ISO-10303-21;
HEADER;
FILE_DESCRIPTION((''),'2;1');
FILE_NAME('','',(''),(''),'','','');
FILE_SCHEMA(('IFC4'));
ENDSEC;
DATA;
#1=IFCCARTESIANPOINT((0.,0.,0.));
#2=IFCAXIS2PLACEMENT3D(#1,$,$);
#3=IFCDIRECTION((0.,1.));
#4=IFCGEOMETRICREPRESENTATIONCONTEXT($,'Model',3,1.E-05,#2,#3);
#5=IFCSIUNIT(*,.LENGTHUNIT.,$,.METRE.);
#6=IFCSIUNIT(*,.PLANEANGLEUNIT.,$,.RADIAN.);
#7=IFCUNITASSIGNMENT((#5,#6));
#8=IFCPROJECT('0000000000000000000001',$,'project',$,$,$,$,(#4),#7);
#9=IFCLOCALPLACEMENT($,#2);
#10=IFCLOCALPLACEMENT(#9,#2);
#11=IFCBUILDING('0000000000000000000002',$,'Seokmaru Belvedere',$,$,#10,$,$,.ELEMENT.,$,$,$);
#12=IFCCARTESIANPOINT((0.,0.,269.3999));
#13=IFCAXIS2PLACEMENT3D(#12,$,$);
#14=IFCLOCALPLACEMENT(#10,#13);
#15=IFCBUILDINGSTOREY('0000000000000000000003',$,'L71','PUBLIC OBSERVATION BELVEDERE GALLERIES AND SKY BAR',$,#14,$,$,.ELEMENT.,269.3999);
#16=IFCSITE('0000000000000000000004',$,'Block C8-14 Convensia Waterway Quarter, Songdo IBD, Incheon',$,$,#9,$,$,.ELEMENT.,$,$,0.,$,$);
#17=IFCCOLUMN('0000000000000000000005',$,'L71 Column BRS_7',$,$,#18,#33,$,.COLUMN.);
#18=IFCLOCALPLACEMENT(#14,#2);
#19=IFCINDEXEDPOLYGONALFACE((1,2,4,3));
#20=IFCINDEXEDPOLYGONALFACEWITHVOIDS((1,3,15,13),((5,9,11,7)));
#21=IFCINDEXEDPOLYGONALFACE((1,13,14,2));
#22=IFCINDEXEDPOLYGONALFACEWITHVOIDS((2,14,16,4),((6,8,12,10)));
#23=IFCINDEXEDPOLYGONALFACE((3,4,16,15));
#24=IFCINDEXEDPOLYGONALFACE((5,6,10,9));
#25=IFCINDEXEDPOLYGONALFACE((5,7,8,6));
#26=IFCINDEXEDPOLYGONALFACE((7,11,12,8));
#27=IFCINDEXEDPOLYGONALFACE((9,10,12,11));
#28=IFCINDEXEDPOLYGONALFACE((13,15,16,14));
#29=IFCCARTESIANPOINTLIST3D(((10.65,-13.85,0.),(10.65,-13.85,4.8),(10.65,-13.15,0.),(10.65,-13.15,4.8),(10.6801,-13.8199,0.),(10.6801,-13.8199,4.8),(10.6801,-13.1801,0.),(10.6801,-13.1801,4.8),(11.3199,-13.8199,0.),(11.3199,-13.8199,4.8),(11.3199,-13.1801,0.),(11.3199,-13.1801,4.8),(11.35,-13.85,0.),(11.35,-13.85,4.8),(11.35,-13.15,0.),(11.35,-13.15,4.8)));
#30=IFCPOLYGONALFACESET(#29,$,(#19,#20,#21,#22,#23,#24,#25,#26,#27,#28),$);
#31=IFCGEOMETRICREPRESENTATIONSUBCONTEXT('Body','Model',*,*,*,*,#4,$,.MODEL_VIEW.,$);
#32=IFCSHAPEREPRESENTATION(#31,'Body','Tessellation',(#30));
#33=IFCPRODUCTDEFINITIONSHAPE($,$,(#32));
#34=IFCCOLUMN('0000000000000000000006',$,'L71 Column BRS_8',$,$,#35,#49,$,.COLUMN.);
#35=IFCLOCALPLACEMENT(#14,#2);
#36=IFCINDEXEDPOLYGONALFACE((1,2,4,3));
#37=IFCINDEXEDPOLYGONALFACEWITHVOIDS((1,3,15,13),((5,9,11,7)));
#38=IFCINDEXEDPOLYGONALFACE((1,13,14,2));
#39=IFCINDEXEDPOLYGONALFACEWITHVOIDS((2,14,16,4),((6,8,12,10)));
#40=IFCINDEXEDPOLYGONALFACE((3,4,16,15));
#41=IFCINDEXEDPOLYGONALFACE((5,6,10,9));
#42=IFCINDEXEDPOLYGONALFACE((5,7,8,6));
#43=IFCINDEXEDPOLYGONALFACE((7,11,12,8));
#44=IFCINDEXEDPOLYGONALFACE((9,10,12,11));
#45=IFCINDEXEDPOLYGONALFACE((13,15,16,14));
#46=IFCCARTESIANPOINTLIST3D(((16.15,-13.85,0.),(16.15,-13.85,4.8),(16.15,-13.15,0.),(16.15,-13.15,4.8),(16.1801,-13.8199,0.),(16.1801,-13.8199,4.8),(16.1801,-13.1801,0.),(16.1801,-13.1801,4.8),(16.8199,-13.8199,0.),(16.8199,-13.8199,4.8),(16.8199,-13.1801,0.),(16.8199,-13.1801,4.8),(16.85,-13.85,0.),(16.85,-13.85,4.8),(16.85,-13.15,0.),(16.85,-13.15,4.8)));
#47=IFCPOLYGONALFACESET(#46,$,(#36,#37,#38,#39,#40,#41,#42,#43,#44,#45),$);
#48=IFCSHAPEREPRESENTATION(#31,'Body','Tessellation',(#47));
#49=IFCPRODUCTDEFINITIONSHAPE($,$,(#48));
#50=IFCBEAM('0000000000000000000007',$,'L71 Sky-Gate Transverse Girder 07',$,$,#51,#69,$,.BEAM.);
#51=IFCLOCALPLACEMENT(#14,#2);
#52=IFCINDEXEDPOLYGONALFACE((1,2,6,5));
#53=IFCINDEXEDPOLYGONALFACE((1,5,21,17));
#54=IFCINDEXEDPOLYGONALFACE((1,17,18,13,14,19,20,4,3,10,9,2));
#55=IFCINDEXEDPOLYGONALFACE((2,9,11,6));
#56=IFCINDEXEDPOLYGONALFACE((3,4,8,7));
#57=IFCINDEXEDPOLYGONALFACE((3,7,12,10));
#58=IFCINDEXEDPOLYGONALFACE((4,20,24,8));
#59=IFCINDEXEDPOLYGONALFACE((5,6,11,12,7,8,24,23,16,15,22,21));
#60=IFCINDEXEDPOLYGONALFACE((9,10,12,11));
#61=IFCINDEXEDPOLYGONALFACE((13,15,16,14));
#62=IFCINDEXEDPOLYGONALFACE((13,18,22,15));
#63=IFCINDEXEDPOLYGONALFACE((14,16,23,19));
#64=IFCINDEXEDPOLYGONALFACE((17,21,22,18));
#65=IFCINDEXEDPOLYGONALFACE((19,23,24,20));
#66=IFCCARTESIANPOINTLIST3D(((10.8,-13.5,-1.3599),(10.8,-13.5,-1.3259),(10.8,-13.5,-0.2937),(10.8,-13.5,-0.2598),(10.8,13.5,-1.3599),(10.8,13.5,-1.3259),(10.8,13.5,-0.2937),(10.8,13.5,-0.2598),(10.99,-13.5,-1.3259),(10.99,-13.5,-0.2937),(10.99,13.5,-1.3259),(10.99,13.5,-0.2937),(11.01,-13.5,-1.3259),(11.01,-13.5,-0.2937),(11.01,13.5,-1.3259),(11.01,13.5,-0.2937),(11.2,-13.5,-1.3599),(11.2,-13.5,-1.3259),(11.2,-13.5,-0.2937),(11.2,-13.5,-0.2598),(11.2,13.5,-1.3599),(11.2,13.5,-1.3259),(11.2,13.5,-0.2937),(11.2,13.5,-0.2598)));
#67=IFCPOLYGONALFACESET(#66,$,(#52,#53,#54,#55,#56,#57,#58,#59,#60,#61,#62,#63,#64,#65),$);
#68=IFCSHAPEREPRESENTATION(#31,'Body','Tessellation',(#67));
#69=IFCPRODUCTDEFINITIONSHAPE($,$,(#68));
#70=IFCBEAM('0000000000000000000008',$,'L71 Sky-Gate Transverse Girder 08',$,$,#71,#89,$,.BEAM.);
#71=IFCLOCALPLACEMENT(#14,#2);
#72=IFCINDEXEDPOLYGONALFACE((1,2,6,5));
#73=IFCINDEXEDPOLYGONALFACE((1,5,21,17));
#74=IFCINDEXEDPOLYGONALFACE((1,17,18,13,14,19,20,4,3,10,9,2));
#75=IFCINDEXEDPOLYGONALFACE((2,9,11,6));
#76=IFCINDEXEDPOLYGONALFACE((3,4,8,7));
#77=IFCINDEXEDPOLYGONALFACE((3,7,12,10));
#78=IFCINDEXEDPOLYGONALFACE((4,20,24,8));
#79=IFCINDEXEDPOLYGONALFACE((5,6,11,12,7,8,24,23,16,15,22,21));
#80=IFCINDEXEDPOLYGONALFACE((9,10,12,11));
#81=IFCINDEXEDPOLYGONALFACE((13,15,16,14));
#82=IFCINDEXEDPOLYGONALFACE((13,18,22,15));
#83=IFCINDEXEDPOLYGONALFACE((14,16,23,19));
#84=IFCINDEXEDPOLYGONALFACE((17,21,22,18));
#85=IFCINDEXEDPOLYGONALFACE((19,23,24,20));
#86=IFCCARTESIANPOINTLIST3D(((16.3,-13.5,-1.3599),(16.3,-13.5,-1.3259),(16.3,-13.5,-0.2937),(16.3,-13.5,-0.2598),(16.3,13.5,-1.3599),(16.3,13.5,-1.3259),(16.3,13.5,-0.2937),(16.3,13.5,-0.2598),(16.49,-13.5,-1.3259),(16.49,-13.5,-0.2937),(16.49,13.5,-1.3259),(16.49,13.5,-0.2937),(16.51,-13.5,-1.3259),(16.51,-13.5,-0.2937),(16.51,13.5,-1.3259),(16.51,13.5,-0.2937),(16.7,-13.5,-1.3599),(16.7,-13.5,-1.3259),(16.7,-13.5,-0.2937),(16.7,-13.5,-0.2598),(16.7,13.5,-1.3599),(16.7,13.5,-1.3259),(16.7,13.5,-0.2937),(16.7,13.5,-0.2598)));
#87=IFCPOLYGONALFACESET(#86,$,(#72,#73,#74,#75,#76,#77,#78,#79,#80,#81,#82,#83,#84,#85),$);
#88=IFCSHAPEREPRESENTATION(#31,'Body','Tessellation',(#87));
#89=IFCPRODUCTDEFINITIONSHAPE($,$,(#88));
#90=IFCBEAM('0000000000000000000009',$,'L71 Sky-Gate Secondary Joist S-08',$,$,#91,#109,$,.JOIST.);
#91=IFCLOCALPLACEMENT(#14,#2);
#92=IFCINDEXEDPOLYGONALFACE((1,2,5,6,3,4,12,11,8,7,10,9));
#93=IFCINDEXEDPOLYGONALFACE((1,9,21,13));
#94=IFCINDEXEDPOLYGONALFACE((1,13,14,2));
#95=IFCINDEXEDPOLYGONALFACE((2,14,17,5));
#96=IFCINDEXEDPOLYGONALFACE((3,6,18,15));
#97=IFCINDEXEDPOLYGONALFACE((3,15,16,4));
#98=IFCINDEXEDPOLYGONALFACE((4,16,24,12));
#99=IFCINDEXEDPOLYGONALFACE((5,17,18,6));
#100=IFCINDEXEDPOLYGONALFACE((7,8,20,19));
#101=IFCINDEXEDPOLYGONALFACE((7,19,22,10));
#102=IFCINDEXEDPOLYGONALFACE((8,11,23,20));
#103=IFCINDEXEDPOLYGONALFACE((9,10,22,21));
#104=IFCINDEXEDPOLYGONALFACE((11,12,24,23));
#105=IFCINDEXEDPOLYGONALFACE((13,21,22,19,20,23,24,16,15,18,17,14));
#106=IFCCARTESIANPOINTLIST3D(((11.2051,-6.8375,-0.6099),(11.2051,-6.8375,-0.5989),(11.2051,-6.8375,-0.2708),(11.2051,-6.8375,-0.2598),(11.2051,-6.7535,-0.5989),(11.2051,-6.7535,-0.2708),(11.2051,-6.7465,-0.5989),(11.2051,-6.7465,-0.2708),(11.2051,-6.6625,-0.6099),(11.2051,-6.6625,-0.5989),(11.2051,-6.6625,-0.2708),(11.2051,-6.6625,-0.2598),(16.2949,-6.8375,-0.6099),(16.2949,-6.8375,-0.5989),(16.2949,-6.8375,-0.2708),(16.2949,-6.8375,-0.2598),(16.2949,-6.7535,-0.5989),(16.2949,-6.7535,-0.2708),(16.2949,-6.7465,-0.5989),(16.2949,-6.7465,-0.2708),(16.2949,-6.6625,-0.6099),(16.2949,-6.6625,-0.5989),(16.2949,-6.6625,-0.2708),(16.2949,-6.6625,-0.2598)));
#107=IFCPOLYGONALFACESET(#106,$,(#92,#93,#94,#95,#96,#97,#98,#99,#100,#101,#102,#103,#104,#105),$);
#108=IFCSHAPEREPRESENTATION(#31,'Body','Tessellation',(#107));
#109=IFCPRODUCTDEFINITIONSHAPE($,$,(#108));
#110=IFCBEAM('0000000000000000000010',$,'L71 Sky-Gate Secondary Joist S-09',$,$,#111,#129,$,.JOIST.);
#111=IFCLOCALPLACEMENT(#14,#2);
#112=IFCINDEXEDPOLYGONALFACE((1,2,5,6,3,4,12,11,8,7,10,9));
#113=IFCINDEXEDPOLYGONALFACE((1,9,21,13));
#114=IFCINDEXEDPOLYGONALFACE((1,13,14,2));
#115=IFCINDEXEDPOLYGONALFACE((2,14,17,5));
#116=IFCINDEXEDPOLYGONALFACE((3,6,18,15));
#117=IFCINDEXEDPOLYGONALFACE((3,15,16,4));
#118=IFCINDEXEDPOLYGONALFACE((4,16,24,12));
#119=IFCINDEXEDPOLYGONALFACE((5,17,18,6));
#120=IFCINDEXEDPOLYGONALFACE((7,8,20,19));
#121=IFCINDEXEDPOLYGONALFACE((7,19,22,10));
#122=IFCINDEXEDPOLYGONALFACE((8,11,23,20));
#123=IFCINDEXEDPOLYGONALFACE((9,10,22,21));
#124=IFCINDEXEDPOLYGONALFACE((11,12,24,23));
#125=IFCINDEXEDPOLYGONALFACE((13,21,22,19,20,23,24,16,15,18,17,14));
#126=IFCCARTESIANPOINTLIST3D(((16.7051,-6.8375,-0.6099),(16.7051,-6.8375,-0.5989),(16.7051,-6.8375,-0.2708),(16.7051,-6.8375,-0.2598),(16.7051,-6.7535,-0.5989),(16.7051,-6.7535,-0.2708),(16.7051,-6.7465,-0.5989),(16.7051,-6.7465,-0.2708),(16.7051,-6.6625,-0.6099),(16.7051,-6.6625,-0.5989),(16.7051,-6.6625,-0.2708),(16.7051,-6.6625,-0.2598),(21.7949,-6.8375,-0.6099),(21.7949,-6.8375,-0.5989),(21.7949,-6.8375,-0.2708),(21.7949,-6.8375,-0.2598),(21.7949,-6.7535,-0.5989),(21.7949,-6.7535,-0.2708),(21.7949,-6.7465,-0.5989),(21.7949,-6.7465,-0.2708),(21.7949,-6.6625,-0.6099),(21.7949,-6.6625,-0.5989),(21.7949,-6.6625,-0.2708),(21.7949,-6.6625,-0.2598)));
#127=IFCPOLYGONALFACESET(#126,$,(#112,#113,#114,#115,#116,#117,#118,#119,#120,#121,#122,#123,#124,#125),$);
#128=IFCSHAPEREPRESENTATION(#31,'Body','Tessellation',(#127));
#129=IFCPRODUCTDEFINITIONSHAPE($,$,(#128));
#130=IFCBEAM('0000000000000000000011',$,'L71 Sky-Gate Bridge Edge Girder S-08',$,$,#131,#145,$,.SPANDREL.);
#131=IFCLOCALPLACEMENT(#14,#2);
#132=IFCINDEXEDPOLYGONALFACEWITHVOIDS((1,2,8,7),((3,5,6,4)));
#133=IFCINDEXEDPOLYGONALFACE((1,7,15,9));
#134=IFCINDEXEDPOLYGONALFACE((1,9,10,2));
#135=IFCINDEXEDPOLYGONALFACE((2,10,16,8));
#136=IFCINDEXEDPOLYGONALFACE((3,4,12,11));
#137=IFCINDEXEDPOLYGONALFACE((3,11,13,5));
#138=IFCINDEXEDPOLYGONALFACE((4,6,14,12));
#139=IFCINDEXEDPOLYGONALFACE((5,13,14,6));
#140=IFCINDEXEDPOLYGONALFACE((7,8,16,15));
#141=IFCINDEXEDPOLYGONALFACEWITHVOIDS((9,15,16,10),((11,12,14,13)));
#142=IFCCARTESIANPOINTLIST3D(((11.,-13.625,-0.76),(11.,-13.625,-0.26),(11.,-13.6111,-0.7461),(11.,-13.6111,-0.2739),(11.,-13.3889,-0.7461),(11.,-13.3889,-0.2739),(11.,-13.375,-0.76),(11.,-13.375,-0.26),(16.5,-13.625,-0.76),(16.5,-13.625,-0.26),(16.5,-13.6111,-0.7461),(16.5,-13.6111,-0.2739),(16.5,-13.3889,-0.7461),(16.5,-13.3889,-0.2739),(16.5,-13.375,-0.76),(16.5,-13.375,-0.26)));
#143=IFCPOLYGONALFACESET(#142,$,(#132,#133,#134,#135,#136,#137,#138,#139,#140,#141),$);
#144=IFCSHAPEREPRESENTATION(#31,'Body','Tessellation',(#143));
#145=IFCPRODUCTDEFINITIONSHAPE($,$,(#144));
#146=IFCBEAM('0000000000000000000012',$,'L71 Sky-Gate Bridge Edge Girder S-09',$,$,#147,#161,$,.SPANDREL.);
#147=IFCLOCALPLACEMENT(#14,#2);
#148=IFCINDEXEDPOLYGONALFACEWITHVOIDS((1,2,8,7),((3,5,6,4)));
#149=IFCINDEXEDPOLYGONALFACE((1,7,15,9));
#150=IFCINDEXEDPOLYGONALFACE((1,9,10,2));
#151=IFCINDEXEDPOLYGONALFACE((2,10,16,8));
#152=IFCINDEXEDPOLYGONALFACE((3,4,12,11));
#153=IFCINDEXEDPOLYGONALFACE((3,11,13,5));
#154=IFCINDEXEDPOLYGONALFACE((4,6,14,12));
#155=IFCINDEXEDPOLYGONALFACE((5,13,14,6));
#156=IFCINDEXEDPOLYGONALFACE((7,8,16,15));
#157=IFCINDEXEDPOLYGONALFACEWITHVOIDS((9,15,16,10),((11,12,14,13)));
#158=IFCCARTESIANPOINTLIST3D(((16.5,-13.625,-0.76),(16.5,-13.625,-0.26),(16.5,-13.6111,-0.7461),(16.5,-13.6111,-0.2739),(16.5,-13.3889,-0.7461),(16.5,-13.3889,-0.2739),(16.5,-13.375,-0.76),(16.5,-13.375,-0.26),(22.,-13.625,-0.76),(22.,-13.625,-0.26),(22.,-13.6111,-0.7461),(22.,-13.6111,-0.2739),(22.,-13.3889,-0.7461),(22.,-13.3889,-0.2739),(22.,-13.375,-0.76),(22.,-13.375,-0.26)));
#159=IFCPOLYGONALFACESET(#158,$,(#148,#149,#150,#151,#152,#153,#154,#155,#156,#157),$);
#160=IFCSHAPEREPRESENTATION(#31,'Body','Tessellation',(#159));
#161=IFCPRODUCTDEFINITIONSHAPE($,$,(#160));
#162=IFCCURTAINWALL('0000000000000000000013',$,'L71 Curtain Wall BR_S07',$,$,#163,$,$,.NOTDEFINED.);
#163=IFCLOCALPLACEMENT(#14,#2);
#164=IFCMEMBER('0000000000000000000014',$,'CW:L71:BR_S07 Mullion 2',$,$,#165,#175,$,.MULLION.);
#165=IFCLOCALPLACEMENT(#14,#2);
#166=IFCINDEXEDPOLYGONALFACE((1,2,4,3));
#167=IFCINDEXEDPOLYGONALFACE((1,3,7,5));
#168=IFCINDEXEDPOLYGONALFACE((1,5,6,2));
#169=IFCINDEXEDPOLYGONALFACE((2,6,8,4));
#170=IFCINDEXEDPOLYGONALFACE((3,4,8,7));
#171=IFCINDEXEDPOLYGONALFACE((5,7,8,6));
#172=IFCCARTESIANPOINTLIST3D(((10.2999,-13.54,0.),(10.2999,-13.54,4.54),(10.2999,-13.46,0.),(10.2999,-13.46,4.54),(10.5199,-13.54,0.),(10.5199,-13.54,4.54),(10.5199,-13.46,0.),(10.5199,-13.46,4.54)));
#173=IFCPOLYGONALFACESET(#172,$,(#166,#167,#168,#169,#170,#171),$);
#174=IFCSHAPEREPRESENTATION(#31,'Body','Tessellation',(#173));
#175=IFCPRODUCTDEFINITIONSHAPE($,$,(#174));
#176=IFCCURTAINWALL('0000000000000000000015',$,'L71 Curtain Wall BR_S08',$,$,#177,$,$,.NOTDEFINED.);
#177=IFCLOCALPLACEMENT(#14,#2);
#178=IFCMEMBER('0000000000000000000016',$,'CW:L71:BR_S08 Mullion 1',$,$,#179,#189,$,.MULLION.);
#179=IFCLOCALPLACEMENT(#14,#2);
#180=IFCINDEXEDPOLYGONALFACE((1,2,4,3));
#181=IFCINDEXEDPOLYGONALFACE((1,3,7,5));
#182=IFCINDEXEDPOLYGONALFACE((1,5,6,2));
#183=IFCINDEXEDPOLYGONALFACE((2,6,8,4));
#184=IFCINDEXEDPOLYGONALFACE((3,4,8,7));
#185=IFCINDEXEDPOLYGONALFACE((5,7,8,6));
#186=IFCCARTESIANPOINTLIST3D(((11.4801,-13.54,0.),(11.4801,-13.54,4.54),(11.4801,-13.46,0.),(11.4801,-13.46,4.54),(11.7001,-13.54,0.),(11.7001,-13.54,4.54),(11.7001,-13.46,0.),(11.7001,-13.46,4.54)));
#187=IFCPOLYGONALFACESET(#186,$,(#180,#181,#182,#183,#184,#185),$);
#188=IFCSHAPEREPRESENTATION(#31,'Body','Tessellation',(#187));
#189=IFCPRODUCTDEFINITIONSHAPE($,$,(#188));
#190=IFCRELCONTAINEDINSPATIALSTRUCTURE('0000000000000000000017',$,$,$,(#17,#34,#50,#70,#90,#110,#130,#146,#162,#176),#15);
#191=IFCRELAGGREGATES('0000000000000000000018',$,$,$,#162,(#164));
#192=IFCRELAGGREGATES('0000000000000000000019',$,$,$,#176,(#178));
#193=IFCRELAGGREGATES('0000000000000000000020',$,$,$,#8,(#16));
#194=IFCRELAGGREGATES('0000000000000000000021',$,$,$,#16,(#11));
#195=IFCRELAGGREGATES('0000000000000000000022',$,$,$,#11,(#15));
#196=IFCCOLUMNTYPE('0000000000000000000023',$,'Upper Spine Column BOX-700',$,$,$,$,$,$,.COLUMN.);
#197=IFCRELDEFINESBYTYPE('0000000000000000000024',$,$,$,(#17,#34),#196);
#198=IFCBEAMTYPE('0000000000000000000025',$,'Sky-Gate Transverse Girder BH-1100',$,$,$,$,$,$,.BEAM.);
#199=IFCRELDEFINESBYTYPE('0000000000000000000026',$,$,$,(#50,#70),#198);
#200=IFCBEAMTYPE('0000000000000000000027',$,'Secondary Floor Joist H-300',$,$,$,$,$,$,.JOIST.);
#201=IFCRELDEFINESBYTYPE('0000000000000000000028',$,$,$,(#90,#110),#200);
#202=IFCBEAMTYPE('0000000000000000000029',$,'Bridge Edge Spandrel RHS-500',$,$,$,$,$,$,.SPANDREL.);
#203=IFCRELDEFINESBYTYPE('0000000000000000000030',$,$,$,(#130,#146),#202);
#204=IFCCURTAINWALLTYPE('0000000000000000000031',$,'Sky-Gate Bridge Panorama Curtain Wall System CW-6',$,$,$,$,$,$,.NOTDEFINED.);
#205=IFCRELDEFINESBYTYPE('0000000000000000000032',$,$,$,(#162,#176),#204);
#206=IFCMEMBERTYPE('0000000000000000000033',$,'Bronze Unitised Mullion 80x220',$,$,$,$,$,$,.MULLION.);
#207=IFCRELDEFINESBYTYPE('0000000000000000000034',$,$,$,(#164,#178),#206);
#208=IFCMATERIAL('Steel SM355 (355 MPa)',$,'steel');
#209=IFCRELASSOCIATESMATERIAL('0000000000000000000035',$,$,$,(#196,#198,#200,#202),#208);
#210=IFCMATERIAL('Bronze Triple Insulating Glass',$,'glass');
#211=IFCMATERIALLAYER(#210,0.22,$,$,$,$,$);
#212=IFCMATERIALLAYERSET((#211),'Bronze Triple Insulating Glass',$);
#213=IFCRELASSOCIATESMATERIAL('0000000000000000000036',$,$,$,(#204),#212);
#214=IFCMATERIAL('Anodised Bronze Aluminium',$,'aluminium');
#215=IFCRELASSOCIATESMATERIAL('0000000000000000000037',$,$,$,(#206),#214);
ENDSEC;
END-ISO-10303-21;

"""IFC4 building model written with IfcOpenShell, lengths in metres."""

from ifc_helpers import new_model, si_unit, direction, frame, origin, origin_2d, place, context, subcontext, project, spatial, rectangle, hollow_rectangle, i_section, extrude, source, transform, mapped, material, layer, layer_set, material_profile, profile_set, type_object, type_shapes, element, aggregate, save


model = new_model("IFC4")

# Units and contexts
model_context = context("Model", 3, precision=1e-05, world=origin(), true_north=direction((0.0, 1.0)))
body_context = subcontext(model_context, "Body", "Model", "MODEL_VIEW")
ifc_project = project(units=[si_unit("LENGTHUNIT", "METRE"), si_unit("PLANEANGLEUNIT", "RADIAN")], contexts=[model_context])

# Site, building, storey
site_placement = place(None, origin())
site = spatial("IfcSite", under=ifc_project, at=site_placement, Name="Block C8-14 Convensia Waterway Quarter, Songdo IBD, Incheon", CompositionType="ELEMENT", RefElevation=0.0)
building_placement = place(site_placement, origin())
building = spatial("IfcBuilding", under=site, at=building_placement, Name="Seokmaru Belvedere", CompositionType="ELEMENT")
storey_placement = place(building_placement, frame((0.0, 0.0, 269.3999)))
storey = spatial("IfcBuildingStorey", under=building, at=storey_placement, Name="L71", Description="PUBLIC OBSERVATION BELVEDERE GALLERIES AND SKY BAR", CompositionType="ELEMENT", Elevation=269.3999)

# Columns
ifc_material_1 = material(Name="Steel SM355 (355 MPa)", Category="steel")
ifc_material_profile_1 = material_profile(ifc_material_1, hollow_rectangle(XDim=0.7, YDim=0.7, WallThickness=0.03, at=origin_2d()), Name="BOX-700x700x30")
ifc_profile_set_1 = profile_set([ifc_material_profile_1], Name="Steel SM355 (355 MPa)")
column_type = type_object("IfcColumnType", Name="Upper Spine Column BOX-700", PredefinedType="COLUMN", material=ifc_profile_set_1)
shared_shape_1 = source(origin(), body_context, "Body", "SweptSolid", [
    extrude(hollow_rectangle(XDim=0.7, YDim=0.7, WallThickness=0.03, at=origin_2d()), origin(), (0.0, 0.0, 1.0), 4.8),
])
type_shapes(column_type, [shared_shape_1])
for number, where, z_axis, x_axis, name in (
    (1, (11.0, -13.5, 0.0), (0.0, 0.0, 1.0), (1.0, 0.0, 0.0), "L71 Column BRS_7"),
    (2, (16.5, -13.5, 0.0), (0.0, 0.0, 1.0), (1.0, 0.0, 0.0), "L71 Column BRS_8"),
):
    element("IfcColumn", number, at=place(storey_placement, frame(where, z_axis=z_axis, x_axis=x_axis)), inside=storey, type_object=column_type, Name=name, PredefinedType="COLUMN", context=body_context, shape_type="MappedRepresentation", body=[
        mapped(shared_shape_1, transform((0.0, 0.0, 0.0), scale=1.0)),
    ])

# Beams
ifc_material_profile_2 = material_profile(ifc_material_1, i_section(OverallWidth=0.3999, OverallDepth=1.1001, WebThickness=0.02, FlangeThickness=0.0339, at=origin_2d()), Name="BH-1100x400x20x34")
ifc_profile_set_2 = profile_set([ifc_material_profile_2], Name="Steel SM355 (355 MPa)")
beam_type_1 = type_object("IfcBeamType", Name="Sky-Gate Transverse Girder BH-1100", PredefinedType="BEAM", material=ifc_profile_set_2)
shared_shape_2 = source(origin(), body_context, "Body", "SweptSolid", [
    extrude(i_section(OverallWidth=0.3999, OverallDepth=1.1001, WebThickness=0.02, FlangeThickness=0.0339, at=origin_2d()), origin(), (0.0, 0.0, 1.0), 27.0),
])
type_shapes(beam_type_1, [shared_shape_2])
for number, where, z_axis, x_axis, name in (
    (3, (11.0, -13.5, -0.8098), (0.0, 1.0, 0.0), (-1.0, 0.0, 0.0), "L71 Sky-Gate Transverse Girder 07"),
    (4, (16.5, -13.5, -0.8098), (0.0, 1.0, 0.0), (-1.0, 0.0, 0.0), "L71 Sky-Gate Transverse Girder 08"),
):
    element("IfcBeam", number, at=place(storey_placement, frame(where, z_axis=z_axis, x_axis=x_axis)), inside=storey, type_object=beam_type_1, Name=name, PredefinedType="BEAM", context=body_context, shape_type="MappedRepresentation", body=[
        mapped(shared_shape_2, transform((0.0, 0.0, 0.0), scale=1.0)),
    ])
ifc_material_profile_3 = material_profile(ifc_material_1, i_section(OverallWidth=0.175, OverallDepth=0.3501, WebThickness=0.0071, FlangeThickness=0.011, at=origin_2d()), Name="H-350x175x7x11")
ifc_profile_set_3 = profile_set([ifc_material_profile_3], Name="Steel SM355 (355 MPa)")
beam_type_2 = type_object("IfcBeamType", Name="Secondary Floor Joist H-300", PredefinedType="JOIST", material=ifc_profile_set_3)
shared_shape_3 = source(origin(), body_context, "Body", "SweptSolid", [
    extrude(i_section(OverallWidth=0.175, OverallDepth=0.3501, WebThickness=0.0071, FlangeThickness=0.011, at=origin_2d()), origin(), (0.0, 0.0, 1.0), 5.0898),
])
type_shapes(beam_type_2, [shared_shape_3])
for number, where, z_axis, x_axis, name in (
    (5, (11.2051, -6.75, -0.4348), (1.0, 0.0, 0.0), (0.0, 1.0, 0.0), "L71 Sky-Gate Secondary Joist S-08"),
    (6, (16.7051, -6.75, -0.4348), (1.0, 0.0, 0.0), (0.0, 1.0, 0.0), "L71 Sky-Gate Secondary Joist S-09"),
):
    element("IfcBeam", number, at=place(storey_placement, frame(where, z_axis=z_axis, x_axis=x_axis)), inside=storey, type_object=beam_type_2, Name=name, PredefinedType="JOIST", context=body_context, shape_type="MappedRepresentation", body=[
        mapped(shared_shape_3, transform((0.0, 0.0, 0.0), scale=1.0)),
    ])
ifc_material_profile_4 = material_profile(ifc_material_1, hollow_rectangle(XDim=0.25, YDim=0.5, WallThickness=0.0139, at=origin_2d()), Name="RHS-500x250x14")
ifc_profile_set_4 = profile_set([ifc_material_profile_4], Name="Steel SM355 (355 MPa)")
beam_type_3 = type_object("IfcBeamType", Name="Bridge Edge Spandrel RHS-500", PredefinedType="SPANDREL", material=ifc_profile_set_4)
shared_shape_4 = source(origin(), body_context, "Body", "SweptSolid", [
    extrude(hollow_rectangle(XDim=0.25, YDim=0.5, WallThickness=0.0139, at=origin_2d()), origin(), (0.0, 0.0, 1.0), 5.5),
])
type_shapes(beam_type_3, [shared_shape_4])
for number, where, z_axis, x_axis, name in (
    (7, (11.0, -13.5, -0.51), (1.0, 0.0, 0.0), (0.0, 1.0, 0.0), "L71 Sky-Gate Bridge Edge Girder S-08"),
    (8, (16.5, -13.5, -0.51), (1.0, 0.0, 0.0), (0.0, 1.0, 0.0), "L71 Sky-Gate Bridge Edge Girder S-09"),
):
    element("IfcBeam", number, at=place(storey_placement, frame(where, z_axis=z_axis, x_axis=x_axis)), inside=storey, type_object=beam_type_3, Name=name, PredefinedType="SPANDREL", context=body_context, shape_type="MappedRepresentation", body=[
        mapped(shared_shape_4, transform((0.0, 0.0, 0.0), scale=1.0)),
    ])

# Curtain wall, member
ifc_material_2 = material(Name="Bronze Triple Insulating Glass", Category="glass")
ifc_layer_1 = layer(ifc_material_2, 0.22)
ifc_layer_set_1 = layer_set([ifc_layer_1], Name="Bronze Triple Insulating Glass")
curtain_wall_type = type_object("IfcCurtainWallType", Name="Sky-Gate Bridge Panorama Curtain Wall System CW-6", PredefinedType="NOTDEFINED", material=ifc_layer_set_1)
curtain_wall_1_placement = place(storey_placement, origin())
curtain_wall_1 = element("IfcCurtainWall", 9, at=curtain_wall_1_placement, inside=storey, type_object=curtain_wall_type, Name="L71 Curtain Wall BR_S07", PredefinedType="NOTDEFINED")
ifc_material_3 = material(Name="Anodised Bronze Aluminium", Category="aluminium")
ifc_material_profile_5 = material_profile(ifc_material_3, rectangle(XDim=0.0801, YDim=0.22, at=origin_2d()), Name="CW-M-80x220")
ifc_profile_set_5 = profile_set([ifc_material_profile_5], Name="Anodised Bronze Aluminium")
member_type_1 = type_object("IfcMemberType", Name="Bronze Unitised Mullion 80x220", PredefinedType="MULLION", material=ifc_profile_set_5)
shared_shape_5 = source(origin(), body_context, "Body", "SweptSolid", [
    extrude(rectangle(XDim=0.0801, YDim=0.22, at=origin_2d()), origin(), (0.0, 0.0, 1.0), 4.54),
])
type_shapes(member_type_1, [shared_shape_5])
member_1_placement = place(storey_placement, frame((10.4099, -13.5, 0.0), z_axis=(0.0, 0.0, 1.0), x_axis=(0.0, 1.0, 0.0)))
member_1 = element("IfcMember", 10, at=member_1_placement, type_object=member_type_1, Name="CW:L71:BR_S07 Mullion 2", PredefinedType="MULLION", context=body_context, shape_type="MappedRepresentation", body=[
    mapped(shared_shape_5, transform((0.0, 0.0, 0.0), scale=1.0)),
])

# Curtain wall, member
curtain_wall_2_placement = place(storey_placement, origin())
curtain_wall_2 = element("IfcCurtainWall", 11, at=curtain_wall_2_placement, inside=storey, type_object=curtain_wall_type, Name="L71 Curtain Wall BR_S08", PredefinedType="NOTDEFINED")
member_2_placement = place(storey_placement, frame((11.5901, -13.5, 0.0), z_axis=(0.0, 0.0, 1.0), x_axis=(0.0, 1.0, 0.0)))
member_2 = element("IfcMember", 12, at=member_2_placement, type_object=member_type_1, Name="CW:L71:BR_S08 Mullion 1", PredefinedType="MULLION", context=body_context, shape_type="MappedRepresentation", body=[
    mapped(shared_shape_5, transform((0.0, 0.0, 0.0), scale=1.0)),
])

aggregate(curtain_wall_1, [member_1])
aggregate(curtain_wall_2, [member_2])

save(model, "model.ifc")
